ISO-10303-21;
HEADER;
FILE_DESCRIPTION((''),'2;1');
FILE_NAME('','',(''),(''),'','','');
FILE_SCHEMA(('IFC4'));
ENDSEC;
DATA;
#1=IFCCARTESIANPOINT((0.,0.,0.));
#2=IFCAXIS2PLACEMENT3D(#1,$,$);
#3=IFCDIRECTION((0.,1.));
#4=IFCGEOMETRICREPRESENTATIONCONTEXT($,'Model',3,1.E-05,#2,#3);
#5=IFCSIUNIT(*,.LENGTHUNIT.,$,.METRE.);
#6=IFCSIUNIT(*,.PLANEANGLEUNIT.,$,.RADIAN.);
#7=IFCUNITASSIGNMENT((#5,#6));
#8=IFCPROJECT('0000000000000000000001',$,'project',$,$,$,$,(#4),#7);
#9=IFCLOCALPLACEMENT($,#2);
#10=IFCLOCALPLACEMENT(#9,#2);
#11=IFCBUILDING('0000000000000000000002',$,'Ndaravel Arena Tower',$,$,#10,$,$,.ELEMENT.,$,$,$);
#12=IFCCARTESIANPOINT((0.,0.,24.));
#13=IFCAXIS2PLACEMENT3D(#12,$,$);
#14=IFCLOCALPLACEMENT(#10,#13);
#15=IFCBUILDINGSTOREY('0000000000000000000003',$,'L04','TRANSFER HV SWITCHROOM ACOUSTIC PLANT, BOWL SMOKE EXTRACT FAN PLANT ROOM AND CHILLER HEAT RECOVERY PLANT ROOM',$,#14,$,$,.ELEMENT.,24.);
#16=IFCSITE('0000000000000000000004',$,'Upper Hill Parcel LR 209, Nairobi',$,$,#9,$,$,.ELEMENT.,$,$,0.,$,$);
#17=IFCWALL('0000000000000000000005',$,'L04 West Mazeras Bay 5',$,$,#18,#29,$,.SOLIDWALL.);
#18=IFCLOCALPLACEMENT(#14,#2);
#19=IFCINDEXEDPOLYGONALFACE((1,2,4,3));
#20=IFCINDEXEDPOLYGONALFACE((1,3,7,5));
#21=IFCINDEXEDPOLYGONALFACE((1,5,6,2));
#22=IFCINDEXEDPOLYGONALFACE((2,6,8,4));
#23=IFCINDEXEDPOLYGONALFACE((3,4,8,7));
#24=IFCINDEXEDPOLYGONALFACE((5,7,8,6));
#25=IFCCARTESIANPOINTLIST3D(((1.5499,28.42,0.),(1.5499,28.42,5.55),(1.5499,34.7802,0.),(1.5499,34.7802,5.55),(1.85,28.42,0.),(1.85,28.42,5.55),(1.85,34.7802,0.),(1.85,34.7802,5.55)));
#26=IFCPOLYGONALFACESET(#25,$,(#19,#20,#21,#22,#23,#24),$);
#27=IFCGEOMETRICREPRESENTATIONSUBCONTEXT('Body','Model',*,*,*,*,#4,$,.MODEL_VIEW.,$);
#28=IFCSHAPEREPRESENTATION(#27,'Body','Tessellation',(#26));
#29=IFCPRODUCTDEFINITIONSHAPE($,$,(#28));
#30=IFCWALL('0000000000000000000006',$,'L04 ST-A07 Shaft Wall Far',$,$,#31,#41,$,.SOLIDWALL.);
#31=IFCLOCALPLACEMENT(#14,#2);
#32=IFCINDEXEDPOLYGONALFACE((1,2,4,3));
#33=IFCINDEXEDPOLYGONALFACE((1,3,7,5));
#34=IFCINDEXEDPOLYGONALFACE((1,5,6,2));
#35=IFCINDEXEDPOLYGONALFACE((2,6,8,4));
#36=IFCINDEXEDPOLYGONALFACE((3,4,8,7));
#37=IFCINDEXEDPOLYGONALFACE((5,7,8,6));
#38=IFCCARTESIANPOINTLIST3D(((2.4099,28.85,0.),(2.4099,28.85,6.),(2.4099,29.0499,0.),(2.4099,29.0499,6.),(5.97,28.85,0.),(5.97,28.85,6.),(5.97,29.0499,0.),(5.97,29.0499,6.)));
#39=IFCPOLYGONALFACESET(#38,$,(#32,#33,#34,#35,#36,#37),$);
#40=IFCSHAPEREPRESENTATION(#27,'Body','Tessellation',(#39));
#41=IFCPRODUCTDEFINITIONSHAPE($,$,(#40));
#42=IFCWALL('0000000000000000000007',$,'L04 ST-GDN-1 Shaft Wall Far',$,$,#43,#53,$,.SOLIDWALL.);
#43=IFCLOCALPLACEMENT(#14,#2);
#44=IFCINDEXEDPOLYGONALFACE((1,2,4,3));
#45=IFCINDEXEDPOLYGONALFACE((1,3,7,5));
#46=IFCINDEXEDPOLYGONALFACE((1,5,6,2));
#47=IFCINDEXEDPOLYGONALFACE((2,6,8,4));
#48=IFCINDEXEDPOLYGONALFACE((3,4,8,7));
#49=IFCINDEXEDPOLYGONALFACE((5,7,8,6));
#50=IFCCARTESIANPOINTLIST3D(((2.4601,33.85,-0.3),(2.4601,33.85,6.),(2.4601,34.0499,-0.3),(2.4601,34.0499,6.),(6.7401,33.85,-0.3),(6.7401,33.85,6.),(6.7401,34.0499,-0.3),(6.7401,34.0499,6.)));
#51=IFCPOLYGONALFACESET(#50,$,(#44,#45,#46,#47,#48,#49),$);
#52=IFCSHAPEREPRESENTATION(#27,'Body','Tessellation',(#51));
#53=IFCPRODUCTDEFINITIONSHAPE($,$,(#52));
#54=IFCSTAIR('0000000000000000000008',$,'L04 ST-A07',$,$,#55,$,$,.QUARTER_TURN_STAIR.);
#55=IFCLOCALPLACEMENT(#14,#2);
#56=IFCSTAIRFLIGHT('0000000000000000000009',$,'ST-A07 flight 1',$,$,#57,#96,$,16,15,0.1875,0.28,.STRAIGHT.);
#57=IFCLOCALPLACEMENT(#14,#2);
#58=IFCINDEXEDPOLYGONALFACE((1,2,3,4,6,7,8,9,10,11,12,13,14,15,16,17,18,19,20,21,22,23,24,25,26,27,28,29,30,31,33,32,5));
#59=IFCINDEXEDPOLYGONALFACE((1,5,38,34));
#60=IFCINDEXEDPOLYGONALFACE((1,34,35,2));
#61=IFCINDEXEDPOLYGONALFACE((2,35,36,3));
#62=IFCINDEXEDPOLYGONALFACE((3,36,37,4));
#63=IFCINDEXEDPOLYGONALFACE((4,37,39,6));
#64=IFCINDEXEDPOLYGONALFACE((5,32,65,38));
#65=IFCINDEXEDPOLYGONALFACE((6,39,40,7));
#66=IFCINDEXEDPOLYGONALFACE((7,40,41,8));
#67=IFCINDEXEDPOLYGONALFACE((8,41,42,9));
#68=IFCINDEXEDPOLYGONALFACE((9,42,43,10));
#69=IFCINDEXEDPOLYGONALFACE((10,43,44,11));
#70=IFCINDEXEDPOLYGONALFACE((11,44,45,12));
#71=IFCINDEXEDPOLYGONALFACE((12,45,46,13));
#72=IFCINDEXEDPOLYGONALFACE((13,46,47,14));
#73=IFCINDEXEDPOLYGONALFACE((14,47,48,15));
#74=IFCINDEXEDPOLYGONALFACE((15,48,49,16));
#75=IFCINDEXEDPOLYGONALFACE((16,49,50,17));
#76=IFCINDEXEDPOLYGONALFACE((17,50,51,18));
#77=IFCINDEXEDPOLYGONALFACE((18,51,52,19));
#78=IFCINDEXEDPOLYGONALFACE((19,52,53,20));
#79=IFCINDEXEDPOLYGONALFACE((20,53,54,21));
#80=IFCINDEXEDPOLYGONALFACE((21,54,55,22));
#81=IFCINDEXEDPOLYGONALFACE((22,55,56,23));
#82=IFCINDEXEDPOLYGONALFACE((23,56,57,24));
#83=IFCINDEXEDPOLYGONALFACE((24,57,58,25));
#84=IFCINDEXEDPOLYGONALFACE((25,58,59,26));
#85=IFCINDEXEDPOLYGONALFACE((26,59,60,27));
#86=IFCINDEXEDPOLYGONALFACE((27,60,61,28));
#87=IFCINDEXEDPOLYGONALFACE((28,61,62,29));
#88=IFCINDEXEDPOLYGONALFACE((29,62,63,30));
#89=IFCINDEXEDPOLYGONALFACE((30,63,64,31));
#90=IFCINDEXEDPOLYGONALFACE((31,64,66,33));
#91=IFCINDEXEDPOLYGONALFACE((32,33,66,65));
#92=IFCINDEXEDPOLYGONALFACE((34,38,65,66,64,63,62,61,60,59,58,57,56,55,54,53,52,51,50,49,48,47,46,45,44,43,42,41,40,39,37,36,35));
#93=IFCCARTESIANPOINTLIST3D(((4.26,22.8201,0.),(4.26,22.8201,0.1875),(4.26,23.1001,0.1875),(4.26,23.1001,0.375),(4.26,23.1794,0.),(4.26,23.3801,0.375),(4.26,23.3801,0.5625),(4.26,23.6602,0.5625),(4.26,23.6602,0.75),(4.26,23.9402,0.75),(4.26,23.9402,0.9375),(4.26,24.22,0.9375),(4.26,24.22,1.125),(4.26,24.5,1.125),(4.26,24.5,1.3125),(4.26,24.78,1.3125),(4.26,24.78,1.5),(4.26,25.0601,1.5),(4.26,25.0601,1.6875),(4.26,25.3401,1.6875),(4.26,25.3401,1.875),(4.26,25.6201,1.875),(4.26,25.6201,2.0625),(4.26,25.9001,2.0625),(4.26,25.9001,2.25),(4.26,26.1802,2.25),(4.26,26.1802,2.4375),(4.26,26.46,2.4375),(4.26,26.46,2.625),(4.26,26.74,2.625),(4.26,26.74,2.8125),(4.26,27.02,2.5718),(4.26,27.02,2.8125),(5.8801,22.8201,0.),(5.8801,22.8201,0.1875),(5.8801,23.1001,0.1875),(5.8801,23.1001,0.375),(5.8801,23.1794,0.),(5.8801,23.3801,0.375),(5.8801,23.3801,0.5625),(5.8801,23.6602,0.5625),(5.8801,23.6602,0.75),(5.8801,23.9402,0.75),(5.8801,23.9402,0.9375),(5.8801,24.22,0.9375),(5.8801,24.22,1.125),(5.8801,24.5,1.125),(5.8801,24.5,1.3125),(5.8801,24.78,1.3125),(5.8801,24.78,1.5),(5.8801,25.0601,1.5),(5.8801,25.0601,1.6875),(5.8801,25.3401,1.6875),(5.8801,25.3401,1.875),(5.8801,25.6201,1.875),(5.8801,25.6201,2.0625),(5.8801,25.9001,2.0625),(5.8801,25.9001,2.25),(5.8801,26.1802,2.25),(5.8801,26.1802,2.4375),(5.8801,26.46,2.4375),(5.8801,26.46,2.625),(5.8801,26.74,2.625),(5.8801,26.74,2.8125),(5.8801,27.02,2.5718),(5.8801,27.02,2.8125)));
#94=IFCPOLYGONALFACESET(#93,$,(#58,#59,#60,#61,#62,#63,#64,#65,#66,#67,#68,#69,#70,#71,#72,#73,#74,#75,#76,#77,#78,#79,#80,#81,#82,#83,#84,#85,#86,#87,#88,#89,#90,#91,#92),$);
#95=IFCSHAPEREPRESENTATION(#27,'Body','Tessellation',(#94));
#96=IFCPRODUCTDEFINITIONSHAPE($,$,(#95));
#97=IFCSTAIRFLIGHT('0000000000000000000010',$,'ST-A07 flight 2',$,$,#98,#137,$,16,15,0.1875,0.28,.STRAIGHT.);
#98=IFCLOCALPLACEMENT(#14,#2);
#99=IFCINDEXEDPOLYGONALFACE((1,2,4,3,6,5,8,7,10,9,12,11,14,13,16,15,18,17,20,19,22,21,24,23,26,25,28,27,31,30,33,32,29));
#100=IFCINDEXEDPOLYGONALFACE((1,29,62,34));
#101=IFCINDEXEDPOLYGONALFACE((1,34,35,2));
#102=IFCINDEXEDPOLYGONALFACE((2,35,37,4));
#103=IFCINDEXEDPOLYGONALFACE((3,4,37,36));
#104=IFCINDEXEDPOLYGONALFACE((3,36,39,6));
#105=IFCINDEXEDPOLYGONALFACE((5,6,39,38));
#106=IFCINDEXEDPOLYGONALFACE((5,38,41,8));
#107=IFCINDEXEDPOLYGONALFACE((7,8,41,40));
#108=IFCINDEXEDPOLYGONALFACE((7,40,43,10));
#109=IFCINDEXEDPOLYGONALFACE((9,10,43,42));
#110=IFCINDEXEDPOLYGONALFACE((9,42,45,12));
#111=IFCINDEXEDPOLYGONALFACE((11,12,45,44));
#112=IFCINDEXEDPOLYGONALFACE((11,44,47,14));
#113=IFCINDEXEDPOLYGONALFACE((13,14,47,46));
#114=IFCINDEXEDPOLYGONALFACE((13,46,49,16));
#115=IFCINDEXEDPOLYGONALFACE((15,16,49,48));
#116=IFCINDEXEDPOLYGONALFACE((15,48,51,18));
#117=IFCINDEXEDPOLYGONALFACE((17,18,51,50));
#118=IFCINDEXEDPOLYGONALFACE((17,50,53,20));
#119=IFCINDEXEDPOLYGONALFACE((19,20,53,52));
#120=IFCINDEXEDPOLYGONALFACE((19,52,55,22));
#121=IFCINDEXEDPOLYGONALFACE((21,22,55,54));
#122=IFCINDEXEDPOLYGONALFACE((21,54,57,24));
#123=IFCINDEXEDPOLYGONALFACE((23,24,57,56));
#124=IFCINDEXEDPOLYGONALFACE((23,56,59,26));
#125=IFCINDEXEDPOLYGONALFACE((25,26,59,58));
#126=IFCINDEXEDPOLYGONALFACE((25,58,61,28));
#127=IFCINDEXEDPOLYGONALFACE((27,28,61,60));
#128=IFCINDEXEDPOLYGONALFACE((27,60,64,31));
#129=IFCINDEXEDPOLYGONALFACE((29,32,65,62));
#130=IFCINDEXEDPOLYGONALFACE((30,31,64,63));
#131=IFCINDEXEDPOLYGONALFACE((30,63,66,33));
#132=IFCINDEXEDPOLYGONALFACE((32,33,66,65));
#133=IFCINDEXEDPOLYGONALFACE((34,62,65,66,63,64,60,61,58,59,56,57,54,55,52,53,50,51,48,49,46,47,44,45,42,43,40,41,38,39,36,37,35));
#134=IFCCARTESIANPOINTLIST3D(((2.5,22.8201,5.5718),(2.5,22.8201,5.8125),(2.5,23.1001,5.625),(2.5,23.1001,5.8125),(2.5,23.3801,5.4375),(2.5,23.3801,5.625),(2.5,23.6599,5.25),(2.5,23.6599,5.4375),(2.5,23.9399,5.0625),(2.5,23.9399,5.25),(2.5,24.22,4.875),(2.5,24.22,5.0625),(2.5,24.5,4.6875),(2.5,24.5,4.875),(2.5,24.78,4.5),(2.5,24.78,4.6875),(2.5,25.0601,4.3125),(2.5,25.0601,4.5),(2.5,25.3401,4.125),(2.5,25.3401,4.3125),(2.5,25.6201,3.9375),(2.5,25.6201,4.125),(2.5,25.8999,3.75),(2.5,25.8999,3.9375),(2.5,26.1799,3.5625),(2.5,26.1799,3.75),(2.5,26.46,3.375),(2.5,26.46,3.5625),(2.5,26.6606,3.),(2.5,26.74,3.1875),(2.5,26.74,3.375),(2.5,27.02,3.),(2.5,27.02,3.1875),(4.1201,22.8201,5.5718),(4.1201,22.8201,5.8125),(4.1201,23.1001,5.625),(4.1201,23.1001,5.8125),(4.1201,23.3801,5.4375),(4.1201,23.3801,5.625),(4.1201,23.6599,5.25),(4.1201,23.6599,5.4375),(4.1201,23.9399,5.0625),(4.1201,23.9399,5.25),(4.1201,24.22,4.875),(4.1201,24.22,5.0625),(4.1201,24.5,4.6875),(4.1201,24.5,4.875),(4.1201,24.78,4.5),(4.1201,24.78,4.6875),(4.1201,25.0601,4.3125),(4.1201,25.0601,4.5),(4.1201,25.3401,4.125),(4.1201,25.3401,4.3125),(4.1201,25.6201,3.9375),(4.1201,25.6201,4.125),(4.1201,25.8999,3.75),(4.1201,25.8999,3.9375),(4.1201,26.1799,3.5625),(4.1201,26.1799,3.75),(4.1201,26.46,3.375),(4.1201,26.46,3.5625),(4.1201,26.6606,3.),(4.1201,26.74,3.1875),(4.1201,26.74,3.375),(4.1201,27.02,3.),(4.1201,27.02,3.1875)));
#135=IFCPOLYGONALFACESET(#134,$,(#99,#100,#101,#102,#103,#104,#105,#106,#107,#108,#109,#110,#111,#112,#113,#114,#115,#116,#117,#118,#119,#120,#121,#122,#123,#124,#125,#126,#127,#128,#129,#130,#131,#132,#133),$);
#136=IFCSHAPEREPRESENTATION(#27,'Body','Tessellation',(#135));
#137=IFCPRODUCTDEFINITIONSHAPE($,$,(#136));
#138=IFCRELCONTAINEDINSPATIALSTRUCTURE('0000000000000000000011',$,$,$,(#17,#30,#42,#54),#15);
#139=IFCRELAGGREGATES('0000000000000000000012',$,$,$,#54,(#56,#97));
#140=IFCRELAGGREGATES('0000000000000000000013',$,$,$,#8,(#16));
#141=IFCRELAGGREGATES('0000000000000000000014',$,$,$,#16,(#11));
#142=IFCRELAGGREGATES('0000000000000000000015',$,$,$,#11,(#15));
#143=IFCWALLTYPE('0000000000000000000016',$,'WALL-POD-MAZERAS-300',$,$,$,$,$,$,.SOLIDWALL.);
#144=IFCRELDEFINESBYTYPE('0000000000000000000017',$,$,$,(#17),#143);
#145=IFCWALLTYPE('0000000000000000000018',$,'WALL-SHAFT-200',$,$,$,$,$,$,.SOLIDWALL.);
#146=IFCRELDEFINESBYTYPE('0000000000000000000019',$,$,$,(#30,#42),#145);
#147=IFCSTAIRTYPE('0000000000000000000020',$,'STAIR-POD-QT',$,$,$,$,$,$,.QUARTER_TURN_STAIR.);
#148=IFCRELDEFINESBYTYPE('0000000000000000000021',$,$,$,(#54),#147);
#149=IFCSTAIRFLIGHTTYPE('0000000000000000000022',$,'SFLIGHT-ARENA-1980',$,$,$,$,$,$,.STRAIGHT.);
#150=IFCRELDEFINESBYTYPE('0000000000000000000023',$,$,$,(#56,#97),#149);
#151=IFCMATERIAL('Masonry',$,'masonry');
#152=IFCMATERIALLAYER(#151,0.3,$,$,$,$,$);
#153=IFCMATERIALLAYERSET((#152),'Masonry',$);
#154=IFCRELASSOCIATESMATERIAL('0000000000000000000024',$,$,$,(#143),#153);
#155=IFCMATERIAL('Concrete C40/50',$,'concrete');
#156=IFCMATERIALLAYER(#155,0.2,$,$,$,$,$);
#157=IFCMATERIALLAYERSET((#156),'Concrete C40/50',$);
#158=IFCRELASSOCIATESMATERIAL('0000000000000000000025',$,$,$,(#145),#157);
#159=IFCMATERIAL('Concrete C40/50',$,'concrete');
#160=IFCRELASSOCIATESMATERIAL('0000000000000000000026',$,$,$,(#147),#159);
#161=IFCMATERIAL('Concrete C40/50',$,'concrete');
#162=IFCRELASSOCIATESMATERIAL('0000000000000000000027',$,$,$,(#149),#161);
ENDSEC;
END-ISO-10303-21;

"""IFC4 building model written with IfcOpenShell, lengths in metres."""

from ifc_helpers import new_model, si_unit, direction, frame, frame_2d, origin, place, context, subcontext, project, spatial, polyline, rectangle, outline, extrude, material, layer, layer_set, type_object, element, aggregate, save


model = new_model("IFC4")

# Units and contexts
model_context = context("Model", 3, precision=1e-05, world=origin(), true_north=direction((0.0, 1.0)))
body_context = subcontext(model_context, "Body", "Model", "MODEL_VIEW")
ifc_project = project(units=[si_unit("LENGTHUNIT", "METRE"), si_unit("PLANEANGLEUNIT", "RADIAN")], contexts=[model_context])

# Site, building, storey
site_placement = place(None, origin())
site = spatial("IfcSite", under=ifc_project, at=site_placement, Name="Upper Hill Parcel LR 209, Nairobi", CompositionType="ELEMENT", RefElevation=0.0)
building_placement = place(site_placement, origin())
building = spatial("IfcBuilding", under=site, at=building_placement, Name="Ndaravel Arena Tower", CompositionType="ELEMENT")
storey_placement = place(building_placement, frame((0.0, 0.0, 24.0)))
storey = spatial("IfcBuildingStorey", under=building, at=storey_placement, Name="L04", Description="TRANSFER HV SWITCHROOM ACOUSTIC PLANT, BOWL SMOKE EXTRACT FAN PLANT ROOM AND CHILLER HEAT RECOVERY PLANT ROOM", CompositionType="ELEMENT", Elevation=24.0)

# Walls
ifc_material_1 = material(Name="Masonry", Category="masonry")
ifc_layer_1 = layer(ifc_material_1, 0.3)
ifc_layer_set_1 = layer_set([ifc_layer_1], Name="Masonry")
wall_type_1 = type_object("IfcWallType", Name="WALL-POD-MAZERAS-300", PredefinedType="SOLIDWALL", material=ifc_layer_set_1)
wall_1_placement = place(storey_placement, frame((1.7, 28.4199, 0.0), z_axis=(0.0, 0.0, 1.0), x_axis=(0.0, 1.0, 0.0)))
element("IfcWall", 1, at=wall_1_placement, inside=storey, type_object=wall_type_1, Name="L04 West Mazeras Bay 5", PredefinedType="SOLIDWALL", context=body_context, shape_type="SweptSolid", body=[
    extrude(rectangle(XDim=6.3601, YDim=0.3, at=frame_2d((3.1802, 0.0))), origin(), (0.0, 0.0, 1.0), 5.55),
])
ifc_material_2 = material(Name="Concrete C40/50", Category="concrete")
ifc_layer_2 = layer(ifc_material_2, 0.2)
ifc_layer_set_2 = layer_set([ifc_layer_2], Name="Concrete C40/50")
wall_type_2 = type_object("IfcWallType", Name="WALL-SHAFT-200", PredefinedType="SOLIDWALL", material=ifc_layer_set_2)
wall_2_placement = place(storey_placement, frame((5.97, 28.95, 0.0), z_axis=(0.0, 0.0, 1.0), x_axis=(-1.0, 0.0, 0.0)))
element("IfcWall", 2, at=wall_2_placement, inside=storey, type_object=wall_type_2, Name="L04 ST-A07 Shaft Wall Far", PredefinedType="SOLIDWALL", context=body_context, shape_type="SweptSolid", body=[
    extrude(rectangle(XDim=3.5601, YDim=0.2, at=frame_2d((1.78, 0.0))), origin(), (0.0, 0.0, 1.0), 6.0),
])
wall_3_placement = place(storey_placement, frame((2.46, 33.95, -0.3), z_axis=(0.0, 0.0, 1.0), x_axis=(1.0, 0.0, 0.0)))
element("IfcWall", 3, at=wall_3_placement, inside=storey, type_object=wall_type_2, Name="L04 ST-GDN-1 Shaft Wall Far", PredefinedType="SOLIDWALL", context=body_context, shape_type="SweptSolid", body=[
    extrude(rectangle(XDim=4.28, YDim=0.2, at=frame_2d((2.1401, 0.0))), origin(), (0.0, 0.0, 1.0), 6.3),
])

# Stair, stair flights
ifc_material_3 = material(Name="Concrete C40/50", Category="concrete")
stair_type = type_object("IfcStairType", Name="STAIR-POD-QT", PredefinedType="QUARTER_TURN_STAIR", material=ifc_material_3)
stair_placement = place(storey_placement, origin())
stair = element("IfcStair", 4, at=stair_placement, inside=storey, type_object=stair_type, Name="L04 ST-A07", PredefinedType="QUARTER_TURN_STAIR")
ifc_material_4 = material(Name="Concrete C40/50", Category="concrete")
stair_flight_type = type_object("IfcStairFlightType", Name="SFLIGHT-ARENA-1980", PredefinedType="STRAIGHT", material=ifc_material_4)
stair_flight_1_placement = place(storey_placement, frame((5.0701, 22.8201, 0.0), z_axis=(0.0, 0.0, 1.0), x_axis=(0.0, 1.0, 0.0)))
stair_flight_1 = element("IfcStairFlight", 5, at=stair_flight_1_placement, type_object=stair_flight_type, Name="ST-A07 flight 1", NumberOfRisers=16, NumberOfTreads=15, PredefinedType="STRAIGHT", RiserHeight=0.1875, TreadLength=0.28, context=body_context, shape_type="SweptSolid", body=[
    extrude(outline(polyline([(0.0, 0.0), (0.0, 0.1875), (0.28, 0.1875), (0.28, 0.375), (0.5601, 0.375), (0.5601, 0.5625), (0.8401, 0.5625), (0.8401, 0.75), (1.1201, 0.75), (1.1201, 0.9375), (1.3999, 0.9375), (1.3999, 1.125), (1.6799, 1.125), (1.6799, 1.3125), (1.96, 1.3125), (1.96, 1.5), (2.24, 1.5), (2.24, 1.6875), (2.52, 1.6875), (2.52, 1.875), (2.8, 1.875), (2.8, 2.0625), (3.0801, 2.0625), (3.0801, 2.25), (3.3601, 2.25), (3.3601, 2.4375), (3.6399, 2.4375), (3.6399, 2.625), (3.9199, 2.625), (3.9199, 2.8125), (4.2, 2.8125), (4.2, 3.0), (4.2, 2.5718), (0.3594, 0.0), (0.0, 0.0)])), frame((0.0, 0.8101, 0.0), z_axis=(0.0, -1.0, 0.0), x_axis=(1.0, 0.0, 0.0)), (0.0, 0.0, 1.0), 1.6201),
])
stair_flight_2_placement = place(storey_placement, frame((3.3101, 27.02, 3.0), z_axis=(0.0, 0.0, 1.0), x_axis=(0.0, -1.0, 0.0)))
stair_flight_2 = element("IfcStairFlight", 6, at=stair_flight_2_placement, type_object=stair_flight_type, Name="ST-A07 flight 2", NumberOfRisers=16, NumberOfTreads=15, PredefinedType="STRAIGHT", RiserHeight=0.1875, TreadLength=0.28, context=body_context, shape_type="SweptSolid", body=[
    extrude(outline(polyline([(0.0, 0.0), (0.0, 0.1875), (0.28, 0.1875), (0.28, 0.375), (0.5601, 0.375), (0.5601, 0.5625), (0.8401, 0.5625), (0.8401, 0.75), (1.1201, 0.75), (1.1201, 0.9375), (1.3999, 0.9375), (1.3999, 1.125), (1.6799, 1.125), (1.6799, 1.3125), (1.96, 1.3125), (1.96, 1.5), (2.24, 1.5), (2.24, 1.6875), (2.52, 1.6875), (2.52, 1.875), (2.8, 1.875), (2.8, 2.0625), (3.0801, 2.0625), (3.0801, 2.25), (3.3601, 2.25), (3.3601, 2.4375), (3.6399, 2.4375), (3.6399, 2.625), (3.9199, 2.625), (3.9199, 2.8125), (4.2, 2.8125), (4.2, 3.0), (4.2, 2.5718), (0.3594, 0.0), (0.0, 0.0)])), frame((0.0, 0.8101, 0.0), z_axis=(0.0, -1.0, 0.0), x_axis=(1.0, 0.0, 0.0)), (0.0, 0.0, 1.0), 1.6201),
])
aggregate(stair, [stair_flight_1, stair_flight_2])

save(model, "model.ifc")
